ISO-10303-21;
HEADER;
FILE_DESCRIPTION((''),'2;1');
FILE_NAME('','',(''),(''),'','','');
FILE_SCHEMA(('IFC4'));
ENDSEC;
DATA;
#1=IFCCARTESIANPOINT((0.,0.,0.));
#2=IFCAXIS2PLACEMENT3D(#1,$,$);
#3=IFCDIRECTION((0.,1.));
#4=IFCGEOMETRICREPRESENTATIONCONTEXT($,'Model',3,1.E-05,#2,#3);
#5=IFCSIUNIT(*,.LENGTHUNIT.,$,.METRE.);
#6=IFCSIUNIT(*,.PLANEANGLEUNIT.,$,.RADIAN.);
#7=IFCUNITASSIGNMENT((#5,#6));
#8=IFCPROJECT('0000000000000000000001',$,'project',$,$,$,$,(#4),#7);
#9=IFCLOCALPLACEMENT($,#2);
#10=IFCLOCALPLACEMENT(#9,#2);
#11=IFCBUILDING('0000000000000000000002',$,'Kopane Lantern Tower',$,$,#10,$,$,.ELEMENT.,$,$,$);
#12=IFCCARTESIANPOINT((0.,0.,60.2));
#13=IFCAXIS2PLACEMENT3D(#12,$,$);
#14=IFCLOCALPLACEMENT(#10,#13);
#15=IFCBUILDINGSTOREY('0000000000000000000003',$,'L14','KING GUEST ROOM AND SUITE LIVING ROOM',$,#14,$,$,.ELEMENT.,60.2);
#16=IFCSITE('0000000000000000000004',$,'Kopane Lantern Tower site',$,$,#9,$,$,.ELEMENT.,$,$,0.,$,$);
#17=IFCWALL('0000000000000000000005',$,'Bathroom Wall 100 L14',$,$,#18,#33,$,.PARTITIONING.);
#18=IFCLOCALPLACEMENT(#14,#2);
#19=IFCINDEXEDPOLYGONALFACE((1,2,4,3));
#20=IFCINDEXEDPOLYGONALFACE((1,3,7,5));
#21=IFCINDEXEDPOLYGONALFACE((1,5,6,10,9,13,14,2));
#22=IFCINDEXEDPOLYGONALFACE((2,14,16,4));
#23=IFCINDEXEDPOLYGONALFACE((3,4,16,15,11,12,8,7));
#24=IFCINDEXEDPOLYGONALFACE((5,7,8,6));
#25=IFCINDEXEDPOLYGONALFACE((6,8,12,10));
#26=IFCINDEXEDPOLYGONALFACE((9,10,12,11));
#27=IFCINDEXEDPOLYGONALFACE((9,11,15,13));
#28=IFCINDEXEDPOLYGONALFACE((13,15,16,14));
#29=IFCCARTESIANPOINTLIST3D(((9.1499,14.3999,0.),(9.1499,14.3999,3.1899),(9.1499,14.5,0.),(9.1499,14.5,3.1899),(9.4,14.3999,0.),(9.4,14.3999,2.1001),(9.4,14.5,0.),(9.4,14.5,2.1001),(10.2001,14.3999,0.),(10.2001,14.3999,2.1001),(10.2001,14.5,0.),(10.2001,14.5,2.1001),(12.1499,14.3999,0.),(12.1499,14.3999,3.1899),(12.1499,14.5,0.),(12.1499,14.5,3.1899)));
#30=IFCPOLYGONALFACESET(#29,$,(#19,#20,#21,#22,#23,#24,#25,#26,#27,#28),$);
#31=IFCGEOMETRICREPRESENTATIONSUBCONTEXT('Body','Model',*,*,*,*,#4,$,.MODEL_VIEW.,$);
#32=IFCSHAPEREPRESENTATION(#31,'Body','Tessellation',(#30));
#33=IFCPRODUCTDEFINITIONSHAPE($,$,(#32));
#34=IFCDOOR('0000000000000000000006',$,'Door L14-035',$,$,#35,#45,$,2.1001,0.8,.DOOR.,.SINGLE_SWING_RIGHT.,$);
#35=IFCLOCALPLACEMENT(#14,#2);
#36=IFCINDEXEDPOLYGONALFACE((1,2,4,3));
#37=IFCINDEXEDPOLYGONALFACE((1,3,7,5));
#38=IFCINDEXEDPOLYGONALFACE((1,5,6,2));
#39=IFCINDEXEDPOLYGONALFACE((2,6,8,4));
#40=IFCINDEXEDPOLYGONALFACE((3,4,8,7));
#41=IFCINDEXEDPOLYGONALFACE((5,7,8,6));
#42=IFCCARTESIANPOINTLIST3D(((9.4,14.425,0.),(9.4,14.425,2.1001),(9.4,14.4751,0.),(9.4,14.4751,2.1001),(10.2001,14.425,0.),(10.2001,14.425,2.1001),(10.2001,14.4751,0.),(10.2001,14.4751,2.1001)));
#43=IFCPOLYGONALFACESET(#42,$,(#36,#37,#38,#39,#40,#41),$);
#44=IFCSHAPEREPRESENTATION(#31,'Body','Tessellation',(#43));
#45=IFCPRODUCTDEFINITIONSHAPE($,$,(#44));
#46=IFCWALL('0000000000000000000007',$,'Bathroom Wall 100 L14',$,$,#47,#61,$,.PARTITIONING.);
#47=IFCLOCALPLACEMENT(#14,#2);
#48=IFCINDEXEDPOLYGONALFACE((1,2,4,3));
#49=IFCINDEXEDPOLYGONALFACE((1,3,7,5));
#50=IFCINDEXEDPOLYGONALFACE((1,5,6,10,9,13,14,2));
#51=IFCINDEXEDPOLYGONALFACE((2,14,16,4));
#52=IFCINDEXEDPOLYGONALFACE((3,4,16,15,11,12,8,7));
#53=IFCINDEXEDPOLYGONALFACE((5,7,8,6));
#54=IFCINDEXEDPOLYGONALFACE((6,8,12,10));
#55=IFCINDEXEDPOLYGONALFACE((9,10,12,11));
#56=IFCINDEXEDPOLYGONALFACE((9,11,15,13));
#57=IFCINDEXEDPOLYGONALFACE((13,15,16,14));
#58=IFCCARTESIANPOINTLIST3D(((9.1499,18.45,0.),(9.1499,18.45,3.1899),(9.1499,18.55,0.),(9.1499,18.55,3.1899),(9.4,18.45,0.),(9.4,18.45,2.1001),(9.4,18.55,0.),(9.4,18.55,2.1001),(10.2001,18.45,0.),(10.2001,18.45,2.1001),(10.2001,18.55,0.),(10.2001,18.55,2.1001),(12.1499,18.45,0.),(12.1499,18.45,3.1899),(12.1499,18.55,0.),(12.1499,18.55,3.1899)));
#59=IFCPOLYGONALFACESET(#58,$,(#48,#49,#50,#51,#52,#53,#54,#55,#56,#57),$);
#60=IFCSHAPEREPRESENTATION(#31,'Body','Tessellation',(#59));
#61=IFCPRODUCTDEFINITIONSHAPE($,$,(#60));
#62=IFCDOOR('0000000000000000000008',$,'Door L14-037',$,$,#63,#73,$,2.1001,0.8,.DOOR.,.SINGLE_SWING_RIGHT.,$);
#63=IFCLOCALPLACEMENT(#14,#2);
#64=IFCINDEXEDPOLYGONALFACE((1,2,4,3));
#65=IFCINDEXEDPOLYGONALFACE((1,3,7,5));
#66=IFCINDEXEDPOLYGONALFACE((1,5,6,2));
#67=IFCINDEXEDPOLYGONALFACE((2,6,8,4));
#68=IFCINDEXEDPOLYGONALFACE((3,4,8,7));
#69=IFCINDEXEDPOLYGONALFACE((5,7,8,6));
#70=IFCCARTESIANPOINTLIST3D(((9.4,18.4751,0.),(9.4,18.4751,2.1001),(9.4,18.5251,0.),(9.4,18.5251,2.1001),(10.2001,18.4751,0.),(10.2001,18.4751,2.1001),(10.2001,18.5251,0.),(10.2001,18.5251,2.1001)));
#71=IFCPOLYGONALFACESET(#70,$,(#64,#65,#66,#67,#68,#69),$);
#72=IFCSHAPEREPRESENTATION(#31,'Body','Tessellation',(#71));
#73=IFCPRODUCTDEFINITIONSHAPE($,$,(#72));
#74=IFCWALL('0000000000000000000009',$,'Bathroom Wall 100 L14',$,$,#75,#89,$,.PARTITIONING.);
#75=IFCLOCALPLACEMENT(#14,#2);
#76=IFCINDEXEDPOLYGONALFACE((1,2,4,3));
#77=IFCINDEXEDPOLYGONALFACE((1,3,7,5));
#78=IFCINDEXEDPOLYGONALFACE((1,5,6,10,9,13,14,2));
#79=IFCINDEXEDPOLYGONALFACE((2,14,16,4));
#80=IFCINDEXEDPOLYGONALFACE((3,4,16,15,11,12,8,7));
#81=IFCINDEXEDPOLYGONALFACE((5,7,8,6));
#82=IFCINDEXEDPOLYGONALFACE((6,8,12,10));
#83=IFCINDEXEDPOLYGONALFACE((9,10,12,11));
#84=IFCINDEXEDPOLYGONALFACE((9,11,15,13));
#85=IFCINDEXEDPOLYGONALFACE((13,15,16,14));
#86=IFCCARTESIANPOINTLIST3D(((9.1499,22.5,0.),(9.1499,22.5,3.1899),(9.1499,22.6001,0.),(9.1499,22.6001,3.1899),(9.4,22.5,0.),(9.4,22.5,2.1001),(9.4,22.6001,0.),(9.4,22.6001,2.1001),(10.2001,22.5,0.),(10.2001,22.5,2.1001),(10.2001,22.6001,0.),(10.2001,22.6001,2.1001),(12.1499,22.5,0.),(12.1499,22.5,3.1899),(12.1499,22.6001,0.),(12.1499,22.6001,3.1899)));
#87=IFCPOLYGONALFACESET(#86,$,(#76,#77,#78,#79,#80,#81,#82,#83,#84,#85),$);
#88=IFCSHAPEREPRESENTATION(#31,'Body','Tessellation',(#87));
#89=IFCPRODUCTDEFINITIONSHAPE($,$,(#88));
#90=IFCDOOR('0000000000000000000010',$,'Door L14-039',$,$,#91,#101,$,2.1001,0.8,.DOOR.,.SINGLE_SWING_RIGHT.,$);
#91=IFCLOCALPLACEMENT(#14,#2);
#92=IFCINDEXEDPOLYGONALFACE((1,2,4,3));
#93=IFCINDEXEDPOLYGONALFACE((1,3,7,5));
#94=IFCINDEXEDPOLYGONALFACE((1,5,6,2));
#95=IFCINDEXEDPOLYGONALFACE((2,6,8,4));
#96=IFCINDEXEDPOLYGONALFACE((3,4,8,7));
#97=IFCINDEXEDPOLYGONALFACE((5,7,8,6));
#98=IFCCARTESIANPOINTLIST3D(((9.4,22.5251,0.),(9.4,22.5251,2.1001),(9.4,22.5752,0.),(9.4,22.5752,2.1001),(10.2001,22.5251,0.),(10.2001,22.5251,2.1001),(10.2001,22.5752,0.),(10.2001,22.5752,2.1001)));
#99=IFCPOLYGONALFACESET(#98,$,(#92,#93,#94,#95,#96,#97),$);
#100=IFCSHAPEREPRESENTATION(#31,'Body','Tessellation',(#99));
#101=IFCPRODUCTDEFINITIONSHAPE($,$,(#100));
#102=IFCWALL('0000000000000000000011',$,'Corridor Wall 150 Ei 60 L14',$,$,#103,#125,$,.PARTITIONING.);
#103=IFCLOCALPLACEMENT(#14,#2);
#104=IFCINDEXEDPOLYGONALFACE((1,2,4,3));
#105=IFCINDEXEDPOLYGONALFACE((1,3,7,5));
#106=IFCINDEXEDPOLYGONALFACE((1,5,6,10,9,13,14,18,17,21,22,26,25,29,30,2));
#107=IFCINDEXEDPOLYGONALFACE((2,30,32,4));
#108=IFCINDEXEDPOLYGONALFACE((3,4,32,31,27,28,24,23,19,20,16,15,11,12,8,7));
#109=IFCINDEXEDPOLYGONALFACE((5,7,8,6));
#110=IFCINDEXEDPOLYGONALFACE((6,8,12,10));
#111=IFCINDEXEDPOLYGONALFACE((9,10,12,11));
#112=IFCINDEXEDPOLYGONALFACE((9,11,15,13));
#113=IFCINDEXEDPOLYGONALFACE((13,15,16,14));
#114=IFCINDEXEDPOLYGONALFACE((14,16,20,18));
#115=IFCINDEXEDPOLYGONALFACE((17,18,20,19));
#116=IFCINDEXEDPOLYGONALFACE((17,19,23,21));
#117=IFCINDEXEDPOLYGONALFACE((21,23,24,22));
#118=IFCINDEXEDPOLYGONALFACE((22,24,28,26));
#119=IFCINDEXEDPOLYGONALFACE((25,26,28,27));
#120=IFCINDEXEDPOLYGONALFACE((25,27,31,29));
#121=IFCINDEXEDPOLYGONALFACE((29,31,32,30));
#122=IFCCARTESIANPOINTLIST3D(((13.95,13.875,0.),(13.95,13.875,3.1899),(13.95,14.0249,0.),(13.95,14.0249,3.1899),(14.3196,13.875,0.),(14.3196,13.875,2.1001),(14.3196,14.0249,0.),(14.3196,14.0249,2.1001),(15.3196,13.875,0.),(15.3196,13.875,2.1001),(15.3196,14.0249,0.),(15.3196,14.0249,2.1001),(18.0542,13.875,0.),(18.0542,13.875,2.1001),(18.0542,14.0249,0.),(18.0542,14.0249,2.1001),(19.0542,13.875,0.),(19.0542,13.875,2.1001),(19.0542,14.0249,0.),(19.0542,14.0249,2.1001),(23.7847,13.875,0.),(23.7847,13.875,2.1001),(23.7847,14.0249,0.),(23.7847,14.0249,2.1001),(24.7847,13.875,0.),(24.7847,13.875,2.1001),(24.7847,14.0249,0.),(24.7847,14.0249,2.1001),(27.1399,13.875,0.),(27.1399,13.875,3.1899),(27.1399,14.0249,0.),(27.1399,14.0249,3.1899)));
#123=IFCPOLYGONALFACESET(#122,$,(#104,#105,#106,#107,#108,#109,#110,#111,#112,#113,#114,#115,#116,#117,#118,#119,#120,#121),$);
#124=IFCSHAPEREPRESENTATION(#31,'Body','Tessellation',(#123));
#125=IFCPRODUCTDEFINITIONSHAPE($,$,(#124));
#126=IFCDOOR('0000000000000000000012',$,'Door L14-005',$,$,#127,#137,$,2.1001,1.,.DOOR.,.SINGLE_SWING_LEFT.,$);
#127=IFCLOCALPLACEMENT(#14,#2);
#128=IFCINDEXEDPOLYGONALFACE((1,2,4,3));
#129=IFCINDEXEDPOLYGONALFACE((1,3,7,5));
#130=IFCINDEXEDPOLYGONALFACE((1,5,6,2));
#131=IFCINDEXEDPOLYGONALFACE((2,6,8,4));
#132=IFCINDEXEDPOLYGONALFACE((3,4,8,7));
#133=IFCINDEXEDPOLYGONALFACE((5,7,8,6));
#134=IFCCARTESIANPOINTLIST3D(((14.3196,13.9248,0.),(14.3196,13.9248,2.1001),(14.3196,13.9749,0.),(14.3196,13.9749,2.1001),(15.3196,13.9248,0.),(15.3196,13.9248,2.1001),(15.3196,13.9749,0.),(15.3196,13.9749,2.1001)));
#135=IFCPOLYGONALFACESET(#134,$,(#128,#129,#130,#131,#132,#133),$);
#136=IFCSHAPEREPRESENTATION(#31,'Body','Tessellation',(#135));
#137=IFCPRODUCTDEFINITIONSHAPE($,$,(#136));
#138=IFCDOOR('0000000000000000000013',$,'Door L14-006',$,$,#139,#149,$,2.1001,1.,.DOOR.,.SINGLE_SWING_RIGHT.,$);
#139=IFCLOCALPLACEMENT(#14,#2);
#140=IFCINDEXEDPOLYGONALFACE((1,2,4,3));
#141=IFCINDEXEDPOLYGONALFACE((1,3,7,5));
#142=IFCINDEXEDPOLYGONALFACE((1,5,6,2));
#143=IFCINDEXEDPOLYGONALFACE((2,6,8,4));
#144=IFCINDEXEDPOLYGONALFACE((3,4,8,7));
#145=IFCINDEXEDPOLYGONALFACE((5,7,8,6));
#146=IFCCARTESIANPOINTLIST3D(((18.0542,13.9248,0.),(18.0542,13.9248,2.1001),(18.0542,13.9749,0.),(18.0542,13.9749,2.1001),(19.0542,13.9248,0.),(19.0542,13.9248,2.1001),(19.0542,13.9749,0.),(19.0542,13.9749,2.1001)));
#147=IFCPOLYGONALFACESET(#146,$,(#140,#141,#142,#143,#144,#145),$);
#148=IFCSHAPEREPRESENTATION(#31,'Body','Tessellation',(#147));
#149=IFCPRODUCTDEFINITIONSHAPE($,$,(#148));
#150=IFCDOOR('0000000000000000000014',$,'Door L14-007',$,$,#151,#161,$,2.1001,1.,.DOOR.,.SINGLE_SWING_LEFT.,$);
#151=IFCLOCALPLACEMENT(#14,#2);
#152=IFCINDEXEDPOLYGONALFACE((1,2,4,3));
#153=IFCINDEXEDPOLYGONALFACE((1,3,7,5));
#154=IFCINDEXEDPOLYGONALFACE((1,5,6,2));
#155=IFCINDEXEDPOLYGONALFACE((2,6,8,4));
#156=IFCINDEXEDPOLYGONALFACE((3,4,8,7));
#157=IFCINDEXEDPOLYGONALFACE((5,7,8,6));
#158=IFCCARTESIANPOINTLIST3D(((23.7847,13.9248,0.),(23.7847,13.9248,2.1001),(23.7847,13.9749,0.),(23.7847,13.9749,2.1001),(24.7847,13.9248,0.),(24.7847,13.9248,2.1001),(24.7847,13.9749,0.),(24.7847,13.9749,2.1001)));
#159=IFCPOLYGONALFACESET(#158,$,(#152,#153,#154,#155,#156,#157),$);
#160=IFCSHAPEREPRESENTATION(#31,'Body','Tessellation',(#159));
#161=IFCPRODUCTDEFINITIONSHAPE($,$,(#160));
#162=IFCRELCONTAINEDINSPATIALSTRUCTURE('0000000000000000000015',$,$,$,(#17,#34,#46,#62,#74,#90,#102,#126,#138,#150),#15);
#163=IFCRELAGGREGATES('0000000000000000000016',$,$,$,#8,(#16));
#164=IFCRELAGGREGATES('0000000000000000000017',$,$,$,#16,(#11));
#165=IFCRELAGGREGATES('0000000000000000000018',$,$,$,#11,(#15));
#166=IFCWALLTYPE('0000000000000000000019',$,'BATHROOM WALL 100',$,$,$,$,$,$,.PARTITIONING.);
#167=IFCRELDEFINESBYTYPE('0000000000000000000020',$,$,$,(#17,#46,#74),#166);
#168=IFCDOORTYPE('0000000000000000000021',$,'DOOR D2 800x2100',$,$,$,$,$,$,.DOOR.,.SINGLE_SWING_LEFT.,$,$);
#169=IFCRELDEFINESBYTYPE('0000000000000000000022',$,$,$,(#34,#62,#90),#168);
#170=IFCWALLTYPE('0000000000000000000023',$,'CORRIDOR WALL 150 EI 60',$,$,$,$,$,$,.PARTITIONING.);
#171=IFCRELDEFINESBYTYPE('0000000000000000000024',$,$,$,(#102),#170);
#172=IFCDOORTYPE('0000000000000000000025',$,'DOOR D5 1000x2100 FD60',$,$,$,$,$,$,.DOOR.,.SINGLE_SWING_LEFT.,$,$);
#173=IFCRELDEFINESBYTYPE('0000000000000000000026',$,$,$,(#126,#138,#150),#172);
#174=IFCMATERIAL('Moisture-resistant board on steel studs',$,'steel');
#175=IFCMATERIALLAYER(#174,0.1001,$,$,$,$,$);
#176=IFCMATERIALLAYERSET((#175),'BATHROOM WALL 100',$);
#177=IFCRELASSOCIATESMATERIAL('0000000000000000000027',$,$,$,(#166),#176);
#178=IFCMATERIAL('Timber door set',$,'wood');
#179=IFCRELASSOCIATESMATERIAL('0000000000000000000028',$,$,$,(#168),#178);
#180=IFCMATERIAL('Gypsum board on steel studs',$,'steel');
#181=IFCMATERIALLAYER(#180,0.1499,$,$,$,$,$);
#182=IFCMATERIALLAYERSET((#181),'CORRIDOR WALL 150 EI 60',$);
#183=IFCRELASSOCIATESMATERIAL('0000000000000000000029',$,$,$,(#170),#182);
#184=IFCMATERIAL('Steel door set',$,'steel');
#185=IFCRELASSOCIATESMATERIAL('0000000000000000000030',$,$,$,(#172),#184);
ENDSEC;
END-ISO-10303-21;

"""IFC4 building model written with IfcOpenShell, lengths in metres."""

from ifc_helpers import new_model, si_unit, direction, frame, frame_2d, origin, place, context, subcontext, project, spatial, rectangle, extrude, material, layer, layer_set, type_object, element, fill, save


model = new_model("IFC4")

# Units and contexts
model_context = context("Model", 3, precision=1e-05, world=origin(), true_north=direction((0.0, 1.0)))
body_context = subcontext(model_context, "Body", "Model", "MODEL_VIEW")
ifc_project = project(units=[si_unit("LENGTHUNIT", "METRE"), si_unit("PLANEANGLEUNIT", "RADIAN")], contexts=[model_context])

# Site, building, storey
site_placement = place(None, origin())
site = spatial("IfcSite", under=ifc_project, at=site_placement, Name="Kopane Lantern Tower site", CompositionType="ELEMENT", RefElevation=0.0)
building_placement = place(site_placement, origin())
building = spatial("IfcBuilding", under=site, at=building_placement, Name="Kopane Lantern Tower", CompositionType="ELEMENT")
storey_placement = place(building_placement, frame((0.0, 0.0, 60.2)))
storey = spatial("IfcBuildingStorey", under=building, at=storey_placement, Name="L14", Description="KING GUEST ROOM AND SUITE LIVING ROOM", CompositionType="ELEMENT", Elevation=60.2)

# Walls, openings, doors
ifc_material_1 = material(Name="Moisture-resistant board on steel studs", Category="steel")
ifc_layer_1 = layer(ifc_material_1, 0.1001)
ifc_layer_set_1 = layer_set([ifc_layer_1], Name="BATHROOM WALL 100")
wall_type_1 = type_object("IfcWallType", Name="BATHROOM WALL 100", PredefinedType="PARTITIONING", material=ifc_layer_set_1)
wall_1_placement = place(storey_placement, frame((12.1499, 14.45, 0.0), z_axis=(0.0, 0.0, 1.0), x_axis=(-1.0, 0.0, 0.0)))
wall_1 = element("IfcWall", 1, at=wall_1_placement, inside=storey, type_object=wall_type_1, Name="Bathroom Wall 100 L14", PredefinedType="PARTITIONING", context=body_context, shape_type="SweptSolid", body=[
    extrude(rectangle(XDim=3.0, YDim=0.1001, at=frame_2d((1.5, 0.0))), origin(), (0.0, 0.0, 1.0), 3.1899),
])
opening_1_placement = place(wall_1_placement, frame((1.95, 0.0, 0.0)))
opening_1 = element("IfcOpeningElement", 2, at=opening_1_placement, cuts=wall_1, PredefinedType="OPENING", context=body_context, shape_type="SweptSolid", body=[
    extrude(rectangle(XDim=0.8, YDim=2.1001, at=frame_2d((0.3999, 1.05))), frame((0.0, 0.0601, 0.0), z_axis=(0.0, -1.0, 0.0), x_axis=(1.0, 0.0, 0.0)), (0.0, 0.0, 1.0), 0.1201),
])
ifc_material_2 = material(Name="Timber door set", Category="wood")
door_type_1 = type_object("IfcDoorType", Name="DOOR D2 800x2100", OperationType="SINGLE_SWING_LEFT", PredefinedType="DOOR", material=ifc_material_2)
door_1_placement = place(opening_1_placement, origin())
door_1 = element("IfcDoor", 3, at=door_1_placement, inside=storey, type_object=door_type_1, Name="Door L14-035", OperationType="SINGLE_SWING_RIGHT", OverallHeight=2.1001, OverallWidth=0.8, PredefinedType="DOOR", context=body_context, shape_type="SweptSolid", body=[
    extrude(rectangle(XDim=0.8, YDim=2.1001, at=frame_2d((0.3999, 1.05))), frame((0.0, 0.0249, 0.0), z_axis=(0.0, -1.0, 0.0), x_axis=(1.0, 0.0, 0.0)), (0.0, 0.0, 1.0), 0.05),
])
fill(opening_1, door_1)
wall_2_placement = place(storey_placement, frame((12.1499, 18.5, 0.0), z_axis=(0.0, 0.0, 1.0), x_axis=(-1.0, 0.0, 0.0)))
wall_2 = element("IfcWall", 4, at=wall_2_placement, inside=storey, type_object=wall_type_1, Name="Bathroom Wall 100 L14", PredefinedType="PARTITIONING", context=body_context, shape_type="SweptSolid", body=[
    extrude(rectangle(XDim=3.0, YDim=0.1001, at=frame_2d((1.5, 0.0))), origin(), (0.0, 0.0, 1.0), 3.1899),
])
opening_2_placement = place(wall_2_placement, frame((1.95, 0.0, 0.0)))
opening_2 = element("IfcOpeningElement", 5, at=opening_2_placement, cuts=wall_2, PredefinedType="OPENING", context=body_context, shape_type="SweptSolid", body=[
    extrude(rectangle(XDim=0.8, YDim=2.1001, at=frame_2d((0.3999, 1.05))), frame((0.0, 0.0601, 0.0), z_axis=(0.0, -1.0, 0.0), x_axis=(1.0, 0.0, 0.0)), (0.0, 0.0, 1.0), 0.1201),
])
door_2_placement = place(opening_2_placement, origin())
door_2 = element("IfcDoor", 6, at=door_2_placement, inside=storey, type_object=door_type_1, Name="Door L14-037", OperationType="SINGLE_SWING_RIGHT", OverallHeight=2.1001, OverallWidth=0.8, PredefinedType="DOOR", context=body_context, shape_type="SweptSolid", body=[
    extrude(rectangle(XDim=0.8, YDim=2.1001, at=frame_2d((0.3999, 1.05))), frame((0.0, 0.0249, 0.0), z_axis=(0.0, -1.0, 0.0), x_axis=(1.0, 0.0, 0.0)), (0.0, 0.0, 1.0), 0.05),
])
fill(opening_2, door_2)
wall_3_placement = place(storey_placement, frame((12.1499, 22.55, 0.0), z_axis=(0.0, 0.0, 1.0), x_axis=(-1.0, 0.0, 0.0)))
wall_3 = element("IfcWall", 7, at=wall_3_placement, inside=storey, type_object=wall_type_1, Name="Bathroom Wall 100 L14", PredefinedType="PARTITIONING", context=body_context, shape_type="SweptSolid", body=[
    extrude(rectangle(XDim=3.0, YDim=0.1001, at=frame_2d((1.5, 0.0))), origin(), (0.0, 0.0, 1.0), 3.1899),
])
opening_3_placement = place(wall_3_placement, frame((1.95, 0.0, 0.0)))
opening_3 = element("IfcOpeningElement", 8, at=opening_3_placement, cuts=wall_3, PredefinedType="OPENING", context=body_context, shape_type="SweptSolid", body=[
    extrude(rectangle(XDim=0.8, YDim=2.1001, at=frame_2d((0.3999, 1.05))), frame((0.0, 0.0601, 0.0), z_axis=(0.0, -1.0, 0.0), x_axis=(1.0, 0.0, 0.0)), (0.0, 0.0, 1.0), 0.1201),
])
door_3_placement = place(opening_3_placement, origin())
door_3 = element("IfcDoor", 9, at=door_3_placement, inside=storey, type_object=door_type_1, Name="Door L14-039", OperationType="SINGLE_SWING_RIGHT", OverallHeight=2.1001, OverallWidth=0.8, PredefinedType="DOOR", context=body_context, shape_type="SweptSolid", body=[
    extrude(rectangle(XDim=0.8, YDim=2.1001, at=frame_2d((0.3999, 1.05))), frame((0.0, 0.0249, 0.0), z_axis=(0.0, -1.0, 0.0), x_axis=(1.0, 0.0, 0.0)), (0.0, 0.0, 1.0), 0.05),
])
fill(opening_3, door_3)

# Wall, openings, doors
ifc_material_3 = material(Name="Gypsum board on steel studs", Category="steel")
ifc_layer_2 = layer(ifc_material_3, 0.1499)
ifc_layer_set_2 = layer_set([ifc_layer_2], Name="CORRIDOR WALL 150 EI 60")
wall_type_2 = type_object("IfcWallType", Name="CORRIDOR WALL 150 EI 60", PredefinedType="PARTITIONING", material=ifc_layer_set_2)
wall_4_placement = place(storey_placement, frame((13.95, 13.95, 0.0), z_axis=(0.0, 0.0, 1.0), x_axis=(1.0, 0.0, 0.0)))
wall_4 = element("IfcWall", 10, at=wall_4_placement, inside=storey, type_object=wall_type_2, Name="Corridor Wall 150 Ei 60 L14", PredefinedType="PARTITIONING", context=body_context, shape_type="SweptSolid", body=[
    extrude(rectangle(XDim=13.1899, YDim=0.1499, at=frame_2d((6.595, 0.0))), origin(), (0.0, 0.0, 1.0), 3.1899),
])
opening_4_placement = place(wall_4_placement, frame((0.3696, 0.0, 0.0)))
opening_4 = element("IfcOpeningElement", 11, at=opening_4_placement, cuts=wall_4, PredefinedType="OPENING", context=body_context, shape_type="SweptSolid", body=[
    extrude(rectangle(XDim=1.0, YDim=2.1001, at=frame_2d((0.5, 1.05))), frame((0.0, 0.085, 0.0), z_axis=(0.0, -1.0, 0.0), x_axis=(1.0, 0.0, 0.0)), (0.0, 0.0, 1.0), 0.1699),
])
opening_5_placement = place(wall_4_placement, frame((4.1042, 0.0, 0.0)))
opening_5 = element("IfcOpeningElement", 12, at=opening_5_placement, cuts=wall_4, PredefinedType="OPENING", context=body_context, shape_type="SweptSolid", body=[
    extrude(rectangle(XDim=1.0, YDim=2.1001, at=frame_2d((0.5, 1.05))), frame((0.0, 0.085, 0.0), z_axis=(0.0, -1.0, 0.0), x_axis=(1.0, 0.0, 0.0)), (0.0, 0.0, 1.0), 0.1699),
])
opening_6_placement = place(wall_4_placement, frame((9.8347, 0.0, 0.0)))
opening_6 = element("IfcOpeningElement", 13, at=opening_6_placement, cuts=wall_4, PredefinedType="OPENING", context=body_context, shape_type="SweptSolid", body=[
    extrude(rectangle(XDim=1.0, YDim=2.1001, at=frame_2d((0.5, 1.05))), frame((0.0, 0.085, 0.0), z_axis=(0.0, -1.0, 0.0), x_axis=(1.0, 0.0, 0.0)), (0.0, 0.0, 1.0), 0.1699),
])
ifc_material_4 = material(Name="Steel door set", Category="steel")
door_type_2 = type_object("IfcDoorType", Name="DOOR D5 1000x2100 FD60", OperationType="SINGLE_SWING_LEFT", PredefinedType="DOOR", material=ifc_material_4)
door_4_placement = place(opening_4_placement, origin())
door_4 = element("IfcDoor", 14, at=door_4_placement, inside=storey, type_object=door_type_2, Name="Door L14-005", OperationType="SINGLE_SWING_LEFT", OverallHeight=2.1001, OverallWidth=1.0, PredefinedType="DOOR", context=body_context, shape_type="SweptSolid", body=[
    extrude(rectangle(XDim=1.0, YDim=2.1001, at=frame_2d((0.5, 1.05))), frame((0.0, 0.0249, 0.0), z_axis=(0.0, -1.0, 0.0), x_axis=(1.0, 0.0, 0.0)), (0.0, 0.0, 1.0), 0.05),
])
fill(opening_4, door_4)
door_5_placement = place(opening_5_placement, origin())
door_5 = element("IfcDoor", 15, at=door_5_placement, inside=storey, type_object=door_type_2, Name="Door L14-006", OperationType="SINGLE_SWING_RIGHT", OverallHeight=2.1001, OverallWidth=1.0, PredefinedType="DOOR", context=body_context, shape_type="SweptSolid", body=[
    extrude(rectangle(XDim=1.0, YDim=2.1001, at=frame_2d((0.5, 1.05))), frame((0.0, 0.0249, 0.0), z_axis=(0.0, -1.0, 0.0), x_axis=(1.0, 0.0, 0.0)), (0.0, 0.0, 1.0), 0.05),
])
fill(opening_5, door_5)
door_6_placement = place(opening_6_placement, origin())
door_6 = element("IfcDoor", 16, at=door_6_placement, inside=storey, type_object=door_type_2, Name="Door L14-007", OperationType="SINGLE_SWING_LEFT", OverallHeight=2.1001, OverallWidth=1.0, PredefinedType="DOOR", context=body_context, shape_type="SweptSolid", body=[
    extrude(rectangle(XDim=1.0, YDim=2.1001, at=frame_2d((0.5, 1.05))), frame((0.0, 0.0249, 0.0), z_axis=(0.0, -1.0, 0.0), x_axis=(1.0, 0.0, 0.0)), (0.0, 0.0, 1.0), 0.05),
])
fill(opening_6, door_6)

save(model, "model.ifc")
